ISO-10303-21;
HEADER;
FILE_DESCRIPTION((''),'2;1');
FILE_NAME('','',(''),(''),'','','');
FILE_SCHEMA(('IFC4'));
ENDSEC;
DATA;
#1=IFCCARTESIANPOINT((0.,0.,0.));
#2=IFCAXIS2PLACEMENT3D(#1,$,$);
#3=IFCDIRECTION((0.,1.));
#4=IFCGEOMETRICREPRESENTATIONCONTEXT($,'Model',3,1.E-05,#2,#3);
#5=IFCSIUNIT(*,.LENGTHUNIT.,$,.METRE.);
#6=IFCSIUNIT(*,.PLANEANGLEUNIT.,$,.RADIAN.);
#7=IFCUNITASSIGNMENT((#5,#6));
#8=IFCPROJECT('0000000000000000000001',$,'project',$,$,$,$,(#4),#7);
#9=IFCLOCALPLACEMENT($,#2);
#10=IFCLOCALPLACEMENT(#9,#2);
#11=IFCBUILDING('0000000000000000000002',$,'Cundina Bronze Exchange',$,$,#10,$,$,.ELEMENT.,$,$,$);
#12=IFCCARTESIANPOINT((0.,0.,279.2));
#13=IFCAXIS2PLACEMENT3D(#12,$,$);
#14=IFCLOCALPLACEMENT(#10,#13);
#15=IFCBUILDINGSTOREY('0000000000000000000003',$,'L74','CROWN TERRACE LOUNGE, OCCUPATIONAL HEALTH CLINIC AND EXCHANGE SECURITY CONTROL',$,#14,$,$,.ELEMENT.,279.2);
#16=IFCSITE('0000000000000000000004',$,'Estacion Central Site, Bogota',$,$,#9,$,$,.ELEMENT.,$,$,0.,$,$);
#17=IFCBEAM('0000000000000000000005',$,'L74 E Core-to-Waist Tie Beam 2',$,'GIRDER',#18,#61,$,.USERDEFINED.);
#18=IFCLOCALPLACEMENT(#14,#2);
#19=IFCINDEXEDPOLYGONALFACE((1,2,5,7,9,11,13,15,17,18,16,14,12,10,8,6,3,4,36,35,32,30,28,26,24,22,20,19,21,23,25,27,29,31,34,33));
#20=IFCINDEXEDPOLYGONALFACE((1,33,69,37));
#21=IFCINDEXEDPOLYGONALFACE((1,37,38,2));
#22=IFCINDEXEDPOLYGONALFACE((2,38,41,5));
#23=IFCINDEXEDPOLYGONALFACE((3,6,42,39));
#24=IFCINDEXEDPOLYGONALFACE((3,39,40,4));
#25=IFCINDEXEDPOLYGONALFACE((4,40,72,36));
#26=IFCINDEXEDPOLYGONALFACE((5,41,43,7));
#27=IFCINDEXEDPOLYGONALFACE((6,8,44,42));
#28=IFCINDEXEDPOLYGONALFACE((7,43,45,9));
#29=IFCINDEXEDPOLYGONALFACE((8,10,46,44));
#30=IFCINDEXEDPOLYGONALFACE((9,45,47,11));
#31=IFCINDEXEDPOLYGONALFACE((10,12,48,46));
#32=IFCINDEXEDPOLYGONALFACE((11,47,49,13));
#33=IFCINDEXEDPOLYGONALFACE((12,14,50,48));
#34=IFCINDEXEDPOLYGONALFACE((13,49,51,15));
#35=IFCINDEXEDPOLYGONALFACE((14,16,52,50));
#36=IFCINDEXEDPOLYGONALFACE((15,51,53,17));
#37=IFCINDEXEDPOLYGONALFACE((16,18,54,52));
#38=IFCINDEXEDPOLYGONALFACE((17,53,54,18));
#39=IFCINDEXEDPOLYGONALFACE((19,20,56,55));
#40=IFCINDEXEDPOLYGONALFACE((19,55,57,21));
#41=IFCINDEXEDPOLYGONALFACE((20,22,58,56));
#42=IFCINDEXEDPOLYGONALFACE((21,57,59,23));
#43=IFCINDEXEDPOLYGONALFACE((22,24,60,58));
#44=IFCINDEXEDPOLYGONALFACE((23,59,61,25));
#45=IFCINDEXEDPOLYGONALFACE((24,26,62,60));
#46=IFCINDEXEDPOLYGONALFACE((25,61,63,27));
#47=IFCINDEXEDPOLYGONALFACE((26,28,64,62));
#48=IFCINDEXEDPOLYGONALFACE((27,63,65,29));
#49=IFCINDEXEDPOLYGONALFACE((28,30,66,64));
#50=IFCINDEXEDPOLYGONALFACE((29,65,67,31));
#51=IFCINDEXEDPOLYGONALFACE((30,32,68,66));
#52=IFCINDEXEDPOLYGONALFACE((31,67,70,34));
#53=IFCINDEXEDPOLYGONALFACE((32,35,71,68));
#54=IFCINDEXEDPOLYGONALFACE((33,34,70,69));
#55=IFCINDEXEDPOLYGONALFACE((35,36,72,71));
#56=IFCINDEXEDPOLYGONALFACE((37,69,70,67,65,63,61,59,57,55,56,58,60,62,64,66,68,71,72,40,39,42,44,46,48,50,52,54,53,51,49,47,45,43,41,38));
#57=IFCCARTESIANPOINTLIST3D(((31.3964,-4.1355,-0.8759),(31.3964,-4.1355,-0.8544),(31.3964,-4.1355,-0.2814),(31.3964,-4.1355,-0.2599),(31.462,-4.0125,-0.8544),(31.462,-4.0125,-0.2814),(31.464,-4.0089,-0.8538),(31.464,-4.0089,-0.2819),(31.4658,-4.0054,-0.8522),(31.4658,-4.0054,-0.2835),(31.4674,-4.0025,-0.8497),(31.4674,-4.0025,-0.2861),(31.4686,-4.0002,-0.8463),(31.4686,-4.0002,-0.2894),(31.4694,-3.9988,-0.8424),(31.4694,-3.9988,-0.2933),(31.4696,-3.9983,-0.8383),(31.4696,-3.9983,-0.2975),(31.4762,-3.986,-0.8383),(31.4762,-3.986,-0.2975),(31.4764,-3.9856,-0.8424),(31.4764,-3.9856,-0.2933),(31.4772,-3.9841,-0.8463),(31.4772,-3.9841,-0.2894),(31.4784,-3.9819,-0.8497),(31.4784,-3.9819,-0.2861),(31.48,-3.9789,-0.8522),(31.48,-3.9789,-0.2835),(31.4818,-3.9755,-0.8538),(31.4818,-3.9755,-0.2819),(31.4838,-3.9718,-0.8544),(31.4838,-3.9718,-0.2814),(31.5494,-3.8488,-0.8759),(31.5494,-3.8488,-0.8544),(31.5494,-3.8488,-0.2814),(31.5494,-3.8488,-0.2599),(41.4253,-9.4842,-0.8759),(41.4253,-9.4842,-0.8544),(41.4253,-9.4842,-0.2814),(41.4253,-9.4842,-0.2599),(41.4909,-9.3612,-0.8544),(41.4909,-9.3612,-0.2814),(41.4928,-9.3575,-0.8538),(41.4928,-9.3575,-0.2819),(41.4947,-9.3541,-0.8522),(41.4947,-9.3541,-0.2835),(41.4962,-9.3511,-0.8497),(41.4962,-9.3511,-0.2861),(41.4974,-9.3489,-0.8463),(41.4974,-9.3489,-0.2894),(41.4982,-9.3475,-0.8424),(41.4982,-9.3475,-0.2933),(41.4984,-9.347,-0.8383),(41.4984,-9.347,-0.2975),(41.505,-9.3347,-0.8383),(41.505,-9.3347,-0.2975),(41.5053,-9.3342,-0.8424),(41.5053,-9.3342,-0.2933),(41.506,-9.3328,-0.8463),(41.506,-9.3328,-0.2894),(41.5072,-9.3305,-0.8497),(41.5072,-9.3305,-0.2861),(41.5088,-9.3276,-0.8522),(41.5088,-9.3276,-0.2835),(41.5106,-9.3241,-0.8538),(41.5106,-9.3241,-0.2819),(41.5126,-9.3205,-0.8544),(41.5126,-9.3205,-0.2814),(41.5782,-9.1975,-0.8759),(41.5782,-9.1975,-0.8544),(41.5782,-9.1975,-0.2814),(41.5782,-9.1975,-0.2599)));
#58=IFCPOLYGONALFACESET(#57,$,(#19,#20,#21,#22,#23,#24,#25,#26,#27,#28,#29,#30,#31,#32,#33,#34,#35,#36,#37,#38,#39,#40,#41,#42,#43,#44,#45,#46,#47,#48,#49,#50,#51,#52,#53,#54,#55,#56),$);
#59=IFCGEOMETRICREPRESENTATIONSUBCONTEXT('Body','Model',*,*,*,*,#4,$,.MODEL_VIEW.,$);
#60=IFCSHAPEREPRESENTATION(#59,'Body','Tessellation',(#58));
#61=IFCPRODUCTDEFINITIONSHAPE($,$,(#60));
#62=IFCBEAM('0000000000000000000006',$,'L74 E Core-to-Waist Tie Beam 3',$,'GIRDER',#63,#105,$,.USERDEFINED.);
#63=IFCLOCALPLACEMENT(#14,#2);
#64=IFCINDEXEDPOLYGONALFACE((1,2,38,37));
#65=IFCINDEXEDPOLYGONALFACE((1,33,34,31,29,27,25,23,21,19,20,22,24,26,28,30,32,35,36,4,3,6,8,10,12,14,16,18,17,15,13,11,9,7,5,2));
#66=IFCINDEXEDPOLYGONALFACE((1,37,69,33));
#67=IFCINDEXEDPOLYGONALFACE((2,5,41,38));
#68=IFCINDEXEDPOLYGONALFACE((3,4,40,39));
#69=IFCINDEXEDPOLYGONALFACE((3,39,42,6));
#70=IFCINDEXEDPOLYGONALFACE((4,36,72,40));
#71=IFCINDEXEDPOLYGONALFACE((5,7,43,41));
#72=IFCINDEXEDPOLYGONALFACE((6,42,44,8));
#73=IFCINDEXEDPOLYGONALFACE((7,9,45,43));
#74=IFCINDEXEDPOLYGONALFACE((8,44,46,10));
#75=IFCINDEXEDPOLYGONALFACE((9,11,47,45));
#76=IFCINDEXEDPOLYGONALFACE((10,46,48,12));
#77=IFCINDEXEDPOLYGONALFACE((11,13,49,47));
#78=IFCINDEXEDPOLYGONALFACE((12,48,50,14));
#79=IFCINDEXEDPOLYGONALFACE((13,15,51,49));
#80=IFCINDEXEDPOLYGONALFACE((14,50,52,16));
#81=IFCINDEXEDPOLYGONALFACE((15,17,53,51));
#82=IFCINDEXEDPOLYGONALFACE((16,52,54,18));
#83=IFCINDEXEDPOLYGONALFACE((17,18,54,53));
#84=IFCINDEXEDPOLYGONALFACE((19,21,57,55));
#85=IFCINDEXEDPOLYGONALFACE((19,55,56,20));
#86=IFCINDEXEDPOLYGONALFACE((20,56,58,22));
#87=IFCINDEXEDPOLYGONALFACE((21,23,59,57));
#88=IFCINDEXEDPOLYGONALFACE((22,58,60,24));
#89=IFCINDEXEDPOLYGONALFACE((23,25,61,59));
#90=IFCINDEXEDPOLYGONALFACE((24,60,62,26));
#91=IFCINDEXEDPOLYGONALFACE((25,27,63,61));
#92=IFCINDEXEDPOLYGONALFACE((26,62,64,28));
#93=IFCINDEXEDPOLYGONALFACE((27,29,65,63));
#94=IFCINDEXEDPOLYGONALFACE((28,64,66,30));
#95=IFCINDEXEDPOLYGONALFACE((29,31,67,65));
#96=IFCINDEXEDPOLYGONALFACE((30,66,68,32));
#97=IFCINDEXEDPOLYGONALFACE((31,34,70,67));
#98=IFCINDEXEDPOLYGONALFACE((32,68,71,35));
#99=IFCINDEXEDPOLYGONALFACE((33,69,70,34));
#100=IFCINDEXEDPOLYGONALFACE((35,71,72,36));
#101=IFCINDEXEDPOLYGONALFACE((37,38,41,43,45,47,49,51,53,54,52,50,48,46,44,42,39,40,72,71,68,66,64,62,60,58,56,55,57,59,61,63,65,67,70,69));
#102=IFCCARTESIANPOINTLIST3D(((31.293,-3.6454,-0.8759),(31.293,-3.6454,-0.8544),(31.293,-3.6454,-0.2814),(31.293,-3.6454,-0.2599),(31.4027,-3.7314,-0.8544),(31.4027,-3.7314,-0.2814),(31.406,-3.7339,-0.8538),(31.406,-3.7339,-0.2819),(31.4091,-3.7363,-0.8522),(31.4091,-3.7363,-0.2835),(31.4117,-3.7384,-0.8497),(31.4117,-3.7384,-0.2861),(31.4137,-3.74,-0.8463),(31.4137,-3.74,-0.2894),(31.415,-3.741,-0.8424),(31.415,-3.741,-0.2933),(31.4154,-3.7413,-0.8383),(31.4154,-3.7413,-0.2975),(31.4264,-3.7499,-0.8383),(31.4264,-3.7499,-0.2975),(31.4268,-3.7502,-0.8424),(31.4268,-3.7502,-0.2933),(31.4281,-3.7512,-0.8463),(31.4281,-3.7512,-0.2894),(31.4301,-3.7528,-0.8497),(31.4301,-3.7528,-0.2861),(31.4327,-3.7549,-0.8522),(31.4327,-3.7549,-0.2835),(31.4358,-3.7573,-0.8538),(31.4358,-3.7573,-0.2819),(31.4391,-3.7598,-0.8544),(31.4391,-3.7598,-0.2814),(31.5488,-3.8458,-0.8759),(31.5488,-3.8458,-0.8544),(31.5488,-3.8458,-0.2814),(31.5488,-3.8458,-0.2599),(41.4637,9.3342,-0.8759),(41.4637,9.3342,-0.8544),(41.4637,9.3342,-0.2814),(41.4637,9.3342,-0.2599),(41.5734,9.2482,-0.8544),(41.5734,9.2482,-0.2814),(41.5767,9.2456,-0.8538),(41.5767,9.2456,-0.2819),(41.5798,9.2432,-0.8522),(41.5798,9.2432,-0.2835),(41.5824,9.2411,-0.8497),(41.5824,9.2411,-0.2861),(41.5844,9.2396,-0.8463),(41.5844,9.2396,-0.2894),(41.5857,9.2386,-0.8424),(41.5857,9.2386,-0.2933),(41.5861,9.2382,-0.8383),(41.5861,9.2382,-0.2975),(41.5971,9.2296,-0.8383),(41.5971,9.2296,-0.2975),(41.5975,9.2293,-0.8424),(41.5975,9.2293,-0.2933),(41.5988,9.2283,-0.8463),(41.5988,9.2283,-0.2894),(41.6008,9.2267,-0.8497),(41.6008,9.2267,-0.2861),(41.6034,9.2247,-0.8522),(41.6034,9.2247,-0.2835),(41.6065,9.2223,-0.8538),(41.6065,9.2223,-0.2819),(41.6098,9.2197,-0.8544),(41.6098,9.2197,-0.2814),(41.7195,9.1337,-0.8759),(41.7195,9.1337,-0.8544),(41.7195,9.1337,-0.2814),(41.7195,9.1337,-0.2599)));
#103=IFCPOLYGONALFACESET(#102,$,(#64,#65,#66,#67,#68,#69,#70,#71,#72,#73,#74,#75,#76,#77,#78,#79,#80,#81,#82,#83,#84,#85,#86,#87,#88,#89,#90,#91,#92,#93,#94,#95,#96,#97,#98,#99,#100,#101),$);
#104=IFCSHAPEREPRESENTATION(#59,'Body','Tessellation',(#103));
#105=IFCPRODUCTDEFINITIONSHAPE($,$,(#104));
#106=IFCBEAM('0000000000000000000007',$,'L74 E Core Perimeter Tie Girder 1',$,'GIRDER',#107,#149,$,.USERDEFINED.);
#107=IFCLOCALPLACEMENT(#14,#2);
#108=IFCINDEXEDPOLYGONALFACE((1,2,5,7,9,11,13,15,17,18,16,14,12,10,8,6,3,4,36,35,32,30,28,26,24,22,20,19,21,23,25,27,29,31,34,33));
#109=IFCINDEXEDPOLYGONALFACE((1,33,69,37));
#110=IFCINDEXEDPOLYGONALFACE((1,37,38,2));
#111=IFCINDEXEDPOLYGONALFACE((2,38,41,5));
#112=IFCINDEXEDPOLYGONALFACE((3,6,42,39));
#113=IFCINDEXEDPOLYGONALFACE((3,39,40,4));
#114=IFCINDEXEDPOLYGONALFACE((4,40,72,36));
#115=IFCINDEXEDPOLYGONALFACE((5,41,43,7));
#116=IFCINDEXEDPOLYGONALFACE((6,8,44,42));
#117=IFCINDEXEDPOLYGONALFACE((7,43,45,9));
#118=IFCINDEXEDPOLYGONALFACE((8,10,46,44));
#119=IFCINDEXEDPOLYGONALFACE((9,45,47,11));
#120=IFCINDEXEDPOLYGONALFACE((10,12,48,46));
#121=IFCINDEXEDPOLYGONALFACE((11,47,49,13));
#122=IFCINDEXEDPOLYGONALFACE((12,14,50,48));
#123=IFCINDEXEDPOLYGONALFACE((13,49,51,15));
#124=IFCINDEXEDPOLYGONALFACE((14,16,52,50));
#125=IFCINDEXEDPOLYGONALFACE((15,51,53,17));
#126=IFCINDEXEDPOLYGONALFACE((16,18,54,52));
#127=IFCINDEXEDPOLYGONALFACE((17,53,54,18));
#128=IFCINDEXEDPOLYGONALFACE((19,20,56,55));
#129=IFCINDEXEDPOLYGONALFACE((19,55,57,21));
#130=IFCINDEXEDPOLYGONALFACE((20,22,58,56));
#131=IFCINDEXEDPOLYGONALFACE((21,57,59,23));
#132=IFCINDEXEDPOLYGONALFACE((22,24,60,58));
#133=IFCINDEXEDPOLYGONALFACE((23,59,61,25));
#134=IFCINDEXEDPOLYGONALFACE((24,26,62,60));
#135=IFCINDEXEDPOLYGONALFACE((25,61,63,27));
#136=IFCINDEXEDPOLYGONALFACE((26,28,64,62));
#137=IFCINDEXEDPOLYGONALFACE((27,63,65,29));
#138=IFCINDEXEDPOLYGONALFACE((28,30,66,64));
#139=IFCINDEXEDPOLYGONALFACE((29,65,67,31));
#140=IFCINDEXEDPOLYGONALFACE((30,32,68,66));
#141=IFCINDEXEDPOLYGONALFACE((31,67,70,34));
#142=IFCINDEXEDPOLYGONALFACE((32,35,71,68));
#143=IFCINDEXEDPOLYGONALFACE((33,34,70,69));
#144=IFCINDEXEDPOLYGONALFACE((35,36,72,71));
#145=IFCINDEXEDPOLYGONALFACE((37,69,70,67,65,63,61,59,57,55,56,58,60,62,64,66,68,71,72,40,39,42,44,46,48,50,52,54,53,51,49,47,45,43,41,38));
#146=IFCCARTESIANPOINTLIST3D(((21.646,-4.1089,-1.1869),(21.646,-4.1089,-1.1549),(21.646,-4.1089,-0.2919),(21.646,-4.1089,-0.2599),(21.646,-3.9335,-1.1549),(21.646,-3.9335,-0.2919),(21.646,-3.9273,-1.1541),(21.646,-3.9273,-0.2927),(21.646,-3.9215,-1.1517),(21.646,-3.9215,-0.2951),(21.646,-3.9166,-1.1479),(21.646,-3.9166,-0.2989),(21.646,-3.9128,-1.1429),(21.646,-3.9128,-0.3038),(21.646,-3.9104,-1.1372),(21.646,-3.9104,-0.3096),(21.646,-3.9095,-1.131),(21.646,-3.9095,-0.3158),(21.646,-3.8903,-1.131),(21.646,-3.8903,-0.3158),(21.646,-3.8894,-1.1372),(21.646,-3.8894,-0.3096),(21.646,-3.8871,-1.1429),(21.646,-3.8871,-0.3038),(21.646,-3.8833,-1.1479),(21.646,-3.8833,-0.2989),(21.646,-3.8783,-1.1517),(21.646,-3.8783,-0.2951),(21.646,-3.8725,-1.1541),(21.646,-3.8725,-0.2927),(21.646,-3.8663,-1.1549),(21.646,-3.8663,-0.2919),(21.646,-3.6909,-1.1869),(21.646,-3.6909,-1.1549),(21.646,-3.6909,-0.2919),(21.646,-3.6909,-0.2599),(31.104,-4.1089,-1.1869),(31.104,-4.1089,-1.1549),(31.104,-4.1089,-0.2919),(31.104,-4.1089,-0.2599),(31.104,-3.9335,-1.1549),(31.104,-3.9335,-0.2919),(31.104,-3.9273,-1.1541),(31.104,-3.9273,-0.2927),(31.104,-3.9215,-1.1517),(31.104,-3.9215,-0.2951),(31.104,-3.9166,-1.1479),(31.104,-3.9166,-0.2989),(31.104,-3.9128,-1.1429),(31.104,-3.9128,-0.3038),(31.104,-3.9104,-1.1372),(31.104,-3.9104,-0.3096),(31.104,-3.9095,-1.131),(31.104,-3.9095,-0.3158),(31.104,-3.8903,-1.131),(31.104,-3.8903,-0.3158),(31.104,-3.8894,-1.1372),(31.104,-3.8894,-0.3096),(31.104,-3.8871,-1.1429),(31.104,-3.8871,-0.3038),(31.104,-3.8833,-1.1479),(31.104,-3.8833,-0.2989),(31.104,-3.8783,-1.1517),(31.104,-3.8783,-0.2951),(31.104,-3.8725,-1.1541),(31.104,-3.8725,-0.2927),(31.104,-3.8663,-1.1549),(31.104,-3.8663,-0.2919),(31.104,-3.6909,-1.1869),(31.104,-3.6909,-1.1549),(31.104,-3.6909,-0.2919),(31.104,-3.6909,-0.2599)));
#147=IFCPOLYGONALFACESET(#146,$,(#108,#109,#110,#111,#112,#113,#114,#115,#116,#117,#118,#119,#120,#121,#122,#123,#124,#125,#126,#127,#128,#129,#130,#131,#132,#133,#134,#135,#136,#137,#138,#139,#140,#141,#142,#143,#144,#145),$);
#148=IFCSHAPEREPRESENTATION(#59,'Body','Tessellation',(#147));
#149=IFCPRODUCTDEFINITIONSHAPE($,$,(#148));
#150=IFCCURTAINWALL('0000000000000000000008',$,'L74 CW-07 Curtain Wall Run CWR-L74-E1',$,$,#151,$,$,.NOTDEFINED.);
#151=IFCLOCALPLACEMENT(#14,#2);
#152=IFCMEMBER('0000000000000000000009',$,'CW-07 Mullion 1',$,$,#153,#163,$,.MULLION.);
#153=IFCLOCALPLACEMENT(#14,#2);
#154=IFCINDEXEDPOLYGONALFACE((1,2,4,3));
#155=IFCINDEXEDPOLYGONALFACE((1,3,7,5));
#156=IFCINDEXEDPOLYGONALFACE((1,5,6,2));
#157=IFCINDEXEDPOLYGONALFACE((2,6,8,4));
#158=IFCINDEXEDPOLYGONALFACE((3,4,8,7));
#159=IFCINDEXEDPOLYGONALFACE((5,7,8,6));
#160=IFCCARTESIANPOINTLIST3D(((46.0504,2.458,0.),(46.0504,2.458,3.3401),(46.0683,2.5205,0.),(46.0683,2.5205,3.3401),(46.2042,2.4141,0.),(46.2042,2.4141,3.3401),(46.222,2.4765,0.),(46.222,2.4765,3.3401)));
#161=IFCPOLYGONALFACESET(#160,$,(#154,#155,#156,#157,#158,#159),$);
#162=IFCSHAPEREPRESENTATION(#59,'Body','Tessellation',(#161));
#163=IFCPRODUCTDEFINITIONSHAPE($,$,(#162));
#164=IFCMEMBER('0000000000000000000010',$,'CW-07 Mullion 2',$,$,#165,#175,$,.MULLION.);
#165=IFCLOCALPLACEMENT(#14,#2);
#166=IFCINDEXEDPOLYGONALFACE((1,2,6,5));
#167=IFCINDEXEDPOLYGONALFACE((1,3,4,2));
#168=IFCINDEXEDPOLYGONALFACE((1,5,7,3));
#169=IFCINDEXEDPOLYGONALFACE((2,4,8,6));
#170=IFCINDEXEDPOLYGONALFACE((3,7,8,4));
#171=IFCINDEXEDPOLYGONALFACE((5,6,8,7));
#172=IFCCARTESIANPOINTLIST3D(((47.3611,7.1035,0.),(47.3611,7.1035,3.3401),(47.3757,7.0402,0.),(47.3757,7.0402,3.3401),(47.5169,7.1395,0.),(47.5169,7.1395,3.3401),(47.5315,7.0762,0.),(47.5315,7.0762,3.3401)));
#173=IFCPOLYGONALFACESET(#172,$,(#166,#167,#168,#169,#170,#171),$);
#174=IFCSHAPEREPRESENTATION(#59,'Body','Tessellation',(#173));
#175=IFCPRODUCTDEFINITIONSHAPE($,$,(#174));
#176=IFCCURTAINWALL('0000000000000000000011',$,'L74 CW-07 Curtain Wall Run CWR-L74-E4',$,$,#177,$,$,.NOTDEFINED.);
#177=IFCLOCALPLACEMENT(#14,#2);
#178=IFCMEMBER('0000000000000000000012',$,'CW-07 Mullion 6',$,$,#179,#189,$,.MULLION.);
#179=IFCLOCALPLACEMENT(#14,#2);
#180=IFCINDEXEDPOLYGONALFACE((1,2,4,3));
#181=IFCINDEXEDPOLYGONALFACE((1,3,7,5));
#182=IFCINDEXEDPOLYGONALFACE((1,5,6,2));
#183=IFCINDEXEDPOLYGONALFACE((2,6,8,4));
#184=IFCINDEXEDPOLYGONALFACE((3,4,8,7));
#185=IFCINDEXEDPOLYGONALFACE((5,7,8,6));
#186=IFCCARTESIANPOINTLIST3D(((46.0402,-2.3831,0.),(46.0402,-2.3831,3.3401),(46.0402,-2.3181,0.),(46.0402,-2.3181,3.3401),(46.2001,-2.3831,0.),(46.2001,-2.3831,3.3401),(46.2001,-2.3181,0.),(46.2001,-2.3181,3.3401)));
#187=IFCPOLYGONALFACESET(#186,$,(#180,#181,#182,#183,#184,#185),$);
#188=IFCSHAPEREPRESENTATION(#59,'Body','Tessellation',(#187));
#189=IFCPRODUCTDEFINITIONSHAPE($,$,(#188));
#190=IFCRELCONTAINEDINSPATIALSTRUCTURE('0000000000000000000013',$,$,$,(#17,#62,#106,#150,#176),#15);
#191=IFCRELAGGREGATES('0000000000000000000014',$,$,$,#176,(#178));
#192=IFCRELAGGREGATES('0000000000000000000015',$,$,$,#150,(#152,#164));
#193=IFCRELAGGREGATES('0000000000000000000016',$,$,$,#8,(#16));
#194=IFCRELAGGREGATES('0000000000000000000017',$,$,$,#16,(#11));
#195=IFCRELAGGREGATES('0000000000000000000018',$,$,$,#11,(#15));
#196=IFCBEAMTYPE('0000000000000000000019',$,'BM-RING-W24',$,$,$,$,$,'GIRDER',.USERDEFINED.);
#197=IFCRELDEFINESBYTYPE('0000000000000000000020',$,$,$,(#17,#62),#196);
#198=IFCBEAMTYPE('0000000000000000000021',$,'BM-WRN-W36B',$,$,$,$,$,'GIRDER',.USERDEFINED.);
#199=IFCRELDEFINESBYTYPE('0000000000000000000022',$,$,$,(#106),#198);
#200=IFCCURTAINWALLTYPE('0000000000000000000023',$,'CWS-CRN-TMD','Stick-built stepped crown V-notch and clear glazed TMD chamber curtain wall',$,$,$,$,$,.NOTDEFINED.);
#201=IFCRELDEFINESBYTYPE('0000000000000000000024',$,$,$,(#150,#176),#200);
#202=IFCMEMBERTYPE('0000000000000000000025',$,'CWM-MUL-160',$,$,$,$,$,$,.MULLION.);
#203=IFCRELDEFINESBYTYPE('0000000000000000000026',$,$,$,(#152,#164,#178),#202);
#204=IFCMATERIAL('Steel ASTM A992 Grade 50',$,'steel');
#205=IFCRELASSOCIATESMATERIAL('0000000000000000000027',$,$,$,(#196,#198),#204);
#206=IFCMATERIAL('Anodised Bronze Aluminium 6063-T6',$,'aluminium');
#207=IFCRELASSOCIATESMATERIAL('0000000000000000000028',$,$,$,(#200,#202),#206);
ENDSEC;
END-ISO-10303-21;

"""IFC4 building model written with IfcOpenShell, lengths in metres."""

from ifc_helpers import new_model, si_unit, direction, frame, origin, origin_2d, place, context, subcontext, project, spatial, rectangle, i_section, extrude, material, material_profile, profile_set, type_object, element, aggregate, save


model = new_model("IFC4")

# Units and contexts
model_context = context("Model", 3, precision=1e-05, world=origin(), true_north=direction((0.0, 1.0)))
body_context = subcontext(model_context, "Body", "Model", "MODEL_VIEW")
ifc_project = project(units=[si_unit("LENGTHUNIT", "METRE"), si_unit("PLANEANGLEUNIT", "RADIAN")], contexts=[model_context])

# Site, building, storey
site_placement = place(None, origin())
site = spatial("IfcSite", under=ifc_project, at=site_placement, Name="Estacion Central Site, Bogota", CompositionType="ELEMENT", RefElevation=0.0)
building_placement = place(site_placement, origin())
building = spatial("IfcBuilding", under=site, at=building_placement, Name="Cundina Bronze Exchange", CompositionType="ELEMENT")
storey_placement = place(building_placement, frame((0.0, 0.0, 279.2)))
storey = spatial("IfcBuildingStorey", under=building, at=storey_placement, Name="L74", Description="CROWN TERRACE LOUNGE, OCCUPATIONAL HEALTH CLINIC AND EXCHANGE SECURITY CONTROL", CompositionType="ELEMENT", Elevation=279.2)

# Shared definitions
ifc_material_1 = material(Name="Steel ASTM A992 Grade 50", Category="steel")

# Beams
ifc_material_profile_1 = material_profile(ifc_material_1, i_section(OverallWidth=0.325, OverallDepth=0.616, WebThickness=0.0139, FlangeThickness=0.0215, FilletRadius=0.0161, at=origin_2d()), Name="W24X117", Category="steel")
ifc_profile_set_1 = profile_set([ifc_material_profile_1], Name="Steel ASTM A992 Grade 50")
beam_type_1 = type_object("IfcBeamType", Name="BM-RING-W24", ElementType="GIRDER", PredefinedType="USERDEFINED", material=ifc_profile_set_1)
beam_1_placement = place(storey_placement, frame((31.4729, -3.9922, -0.5679), z_axis=(0.882355, -0.470584, 0.0), x_axis=(0.470584, 0.882355, 0.0)))
element("IfcBeam", 1, at=beam_1_placement, inside=storey, type_object=beam_type_1, Name="L74 E Core-to-Waist Tie Beam 2", ObjectType="GIRDER", PredefinedType="USERDEFINED", context=body_context, shape_type="SweptSolid", body=[
    extrude(i_section(OverallWidth=0.325, OverallDepth=0.616, WebThickness=0.0139, FlangeThickness=0.0215, FilletRadius=0.0161, at=origin_2d()), origin(), (0.0, 0.0, 1.0), 11.366),
])
beam_2_placement = place(storey_placement, frame((31.4209, -3.7456, -0.5679), z_axis=(0.616789, 0.787128, 0.0), x_axis=(-0.787128, 0.616789, 0.0)))
element("IfcBeam", 2, at=beam_2_placement, inside=storey, type_object=beam_type_1, Name="L74 E Core-to-Waist Tie Beam 3", ObjectType="GIRDER", PredefinedType="USERDEFINED", context=body_context, shape_type="SweptSolid", body=[
    extrude(i_section(OverallWidth=0.325, OverallDepth=0.616, WebThickness=0.0139, FlangeThickness=0.0215, FilletRadius=0.0161, at=origin_2d()), origin(), (0.0, 0.0, 1.0), 16.4897),
])
ifc_material_profile_2 = material_profile(ifc_material_1, i_section(OverallWidth=0.418, OverallDepth=0.927, WebThickness=0.0193, FlangeThickness=0.032, FilletRadius=0.0239, at=origin_2d()), Name="W36X231", Category="steel")
ifc_profile_set_2 = profile_set([ifc_material_profile_2], Name="Steel ASTM A992 Grade 50")
beam_type_2 = type_object("IfcBeamType", Name="BM-WRN-W36B", ElementType="GIRDER", PredefinedType="USERDEFINED", material=ifc_profile_set_2)
beam_3_placement = place(storey_placement, frame((31.104, -3.8999, -0.7234), z_axis=(-1.0, 0.0, 0.0), x_axis=(0.0, -1.0, 0.0)))
element("IfcBeam", 3, at=beam_3_placement, inside=storey, type_object=beam_type_2, Name="L74 E Core Perimeter Tie Girder 1", ObjectType="GIRDER", PredefinedType="USERDEFINED", context=body_context, shape_type="SweptSolid", body=[
    extrude(i_section(OverallWidth=0.418, OverallDepth=0.927, WebThickness=0.0193, FlangeThickness=0.032, FilletRadius=0.0239, at=origin_2d()), origin(), (0.0, 0.0, 1.0), 9.458),
])

# Curtain walls, members
ifc_material_2 = material(Name="Anodised Bronze Aluminium 6063-T6", Category="aluminium")
curtain_wall_type = type_object("IfcCurtainWallType", Name="CWS-CRN-TMD", Description="Stick-built stepped crown V-notch and clear glazed TMD chamber curtain wall", PredefinedType="NOTDEFINED", material=ifc_material_2)
curtain_wall_1_placement = place(storey_placement, origin())
curtain_wall_1 = element("IfcCurtainWall", 4, at=curtain_wall_1_placement, inside=storey, type_object=curtain_wall_type, Name="L74 CW-07 Curtain Wall Run CWR-L74-E1", PredefinedType="NOTDEFINED")
ifc_material_profile_3 = material_profile(ifc_material_2, rectangle(XDim=0.0649, YDim=0.1599, at=origin_2d()), Name="AL65X160", Category="aluminium")
ifc_profile_set_3 = profile_set([ifc_material_profile_3], Name="Anodised Bronze Aluminium 6063-T6")
member_type_1 = type_object("IfcMemberType", Name="CWM-MUL-160", PredefinedType="MULLION", material=ifc_profile_set_3)
member_1_placement = place(storey_placement, frame((46.1362, 2.4673, 0.0), z_axis=(0.0, 0.0, 1.0), x_axis=(0.274631, 0.96155, 0.0)))
member_1 = element("IfcMember", 5, at=member_1_placement, type_object=member_type_1, Name="CW-07 Mullion 1", PredefinedType="MULLION", context=body_context, shape_type="SweptSolid", body=[
    extrude(rectangle(XDim=0.0649, YDim=0.1599, at=origin_2d()), origin(), (0.0, 0.0, 1.0), 3.3401),
])
member_2_placement = place(storey_placement, frame((47.4463, 7.0898, 0.0), z_axis=(0.0, 0.0, 1.0), x_axis=(-0.225291, 0.974291, 0.0)))
member_2 = element("IfcMember", 6, at=member_2_placement, type_object=member_type_1, Name="CW-07 Mullion 2", PredefinedType="MULLION", context=body_context, shape_type="SweptSolid", body=[
    extrude(rectangle(XDim=0.0649, YDim=0.1599, at=origin_2d()), origin(), (0.0, 0.0, 1.0), 3.3401),
])
curtain_wall_2_placement = place(storey_placement, origin())
curtain_wall_2 = element("IfcCurtainWall", 7, at=curtain_wall_2_placement, inside=storey, type_object=curtain_wall_type, Name="L74 CW-07 Curtain Wall Run CWR-L74-E4", PredefinedType="NOTDEFINED")
member_3_placement = place(storey_placement, frame((46.1201, -2.3506, 0.0), z_axis=(0.0, 0.0, 1.0), x_axis=(0.0, 1.0, 0.0)))
member_3 = element("IfcMember", 8, at=member_3_placement, type_object=member_type_1, Name="CW-07 Mullion 6", PredefinedType="MULLION", context=body_context, shape_type="SweptSolid", body=[
    extrude(rectangle(XDim=0.0649, YDim=0.1599, at=origin_2d()), origin(), (0.0, 0.0, 1.0), 3.3401),
])

aggregate(curtain_wall_2, [member_3])
aggregate(curtain_wall_1, [member_1, member_2])

save(model, "model.ifc")
